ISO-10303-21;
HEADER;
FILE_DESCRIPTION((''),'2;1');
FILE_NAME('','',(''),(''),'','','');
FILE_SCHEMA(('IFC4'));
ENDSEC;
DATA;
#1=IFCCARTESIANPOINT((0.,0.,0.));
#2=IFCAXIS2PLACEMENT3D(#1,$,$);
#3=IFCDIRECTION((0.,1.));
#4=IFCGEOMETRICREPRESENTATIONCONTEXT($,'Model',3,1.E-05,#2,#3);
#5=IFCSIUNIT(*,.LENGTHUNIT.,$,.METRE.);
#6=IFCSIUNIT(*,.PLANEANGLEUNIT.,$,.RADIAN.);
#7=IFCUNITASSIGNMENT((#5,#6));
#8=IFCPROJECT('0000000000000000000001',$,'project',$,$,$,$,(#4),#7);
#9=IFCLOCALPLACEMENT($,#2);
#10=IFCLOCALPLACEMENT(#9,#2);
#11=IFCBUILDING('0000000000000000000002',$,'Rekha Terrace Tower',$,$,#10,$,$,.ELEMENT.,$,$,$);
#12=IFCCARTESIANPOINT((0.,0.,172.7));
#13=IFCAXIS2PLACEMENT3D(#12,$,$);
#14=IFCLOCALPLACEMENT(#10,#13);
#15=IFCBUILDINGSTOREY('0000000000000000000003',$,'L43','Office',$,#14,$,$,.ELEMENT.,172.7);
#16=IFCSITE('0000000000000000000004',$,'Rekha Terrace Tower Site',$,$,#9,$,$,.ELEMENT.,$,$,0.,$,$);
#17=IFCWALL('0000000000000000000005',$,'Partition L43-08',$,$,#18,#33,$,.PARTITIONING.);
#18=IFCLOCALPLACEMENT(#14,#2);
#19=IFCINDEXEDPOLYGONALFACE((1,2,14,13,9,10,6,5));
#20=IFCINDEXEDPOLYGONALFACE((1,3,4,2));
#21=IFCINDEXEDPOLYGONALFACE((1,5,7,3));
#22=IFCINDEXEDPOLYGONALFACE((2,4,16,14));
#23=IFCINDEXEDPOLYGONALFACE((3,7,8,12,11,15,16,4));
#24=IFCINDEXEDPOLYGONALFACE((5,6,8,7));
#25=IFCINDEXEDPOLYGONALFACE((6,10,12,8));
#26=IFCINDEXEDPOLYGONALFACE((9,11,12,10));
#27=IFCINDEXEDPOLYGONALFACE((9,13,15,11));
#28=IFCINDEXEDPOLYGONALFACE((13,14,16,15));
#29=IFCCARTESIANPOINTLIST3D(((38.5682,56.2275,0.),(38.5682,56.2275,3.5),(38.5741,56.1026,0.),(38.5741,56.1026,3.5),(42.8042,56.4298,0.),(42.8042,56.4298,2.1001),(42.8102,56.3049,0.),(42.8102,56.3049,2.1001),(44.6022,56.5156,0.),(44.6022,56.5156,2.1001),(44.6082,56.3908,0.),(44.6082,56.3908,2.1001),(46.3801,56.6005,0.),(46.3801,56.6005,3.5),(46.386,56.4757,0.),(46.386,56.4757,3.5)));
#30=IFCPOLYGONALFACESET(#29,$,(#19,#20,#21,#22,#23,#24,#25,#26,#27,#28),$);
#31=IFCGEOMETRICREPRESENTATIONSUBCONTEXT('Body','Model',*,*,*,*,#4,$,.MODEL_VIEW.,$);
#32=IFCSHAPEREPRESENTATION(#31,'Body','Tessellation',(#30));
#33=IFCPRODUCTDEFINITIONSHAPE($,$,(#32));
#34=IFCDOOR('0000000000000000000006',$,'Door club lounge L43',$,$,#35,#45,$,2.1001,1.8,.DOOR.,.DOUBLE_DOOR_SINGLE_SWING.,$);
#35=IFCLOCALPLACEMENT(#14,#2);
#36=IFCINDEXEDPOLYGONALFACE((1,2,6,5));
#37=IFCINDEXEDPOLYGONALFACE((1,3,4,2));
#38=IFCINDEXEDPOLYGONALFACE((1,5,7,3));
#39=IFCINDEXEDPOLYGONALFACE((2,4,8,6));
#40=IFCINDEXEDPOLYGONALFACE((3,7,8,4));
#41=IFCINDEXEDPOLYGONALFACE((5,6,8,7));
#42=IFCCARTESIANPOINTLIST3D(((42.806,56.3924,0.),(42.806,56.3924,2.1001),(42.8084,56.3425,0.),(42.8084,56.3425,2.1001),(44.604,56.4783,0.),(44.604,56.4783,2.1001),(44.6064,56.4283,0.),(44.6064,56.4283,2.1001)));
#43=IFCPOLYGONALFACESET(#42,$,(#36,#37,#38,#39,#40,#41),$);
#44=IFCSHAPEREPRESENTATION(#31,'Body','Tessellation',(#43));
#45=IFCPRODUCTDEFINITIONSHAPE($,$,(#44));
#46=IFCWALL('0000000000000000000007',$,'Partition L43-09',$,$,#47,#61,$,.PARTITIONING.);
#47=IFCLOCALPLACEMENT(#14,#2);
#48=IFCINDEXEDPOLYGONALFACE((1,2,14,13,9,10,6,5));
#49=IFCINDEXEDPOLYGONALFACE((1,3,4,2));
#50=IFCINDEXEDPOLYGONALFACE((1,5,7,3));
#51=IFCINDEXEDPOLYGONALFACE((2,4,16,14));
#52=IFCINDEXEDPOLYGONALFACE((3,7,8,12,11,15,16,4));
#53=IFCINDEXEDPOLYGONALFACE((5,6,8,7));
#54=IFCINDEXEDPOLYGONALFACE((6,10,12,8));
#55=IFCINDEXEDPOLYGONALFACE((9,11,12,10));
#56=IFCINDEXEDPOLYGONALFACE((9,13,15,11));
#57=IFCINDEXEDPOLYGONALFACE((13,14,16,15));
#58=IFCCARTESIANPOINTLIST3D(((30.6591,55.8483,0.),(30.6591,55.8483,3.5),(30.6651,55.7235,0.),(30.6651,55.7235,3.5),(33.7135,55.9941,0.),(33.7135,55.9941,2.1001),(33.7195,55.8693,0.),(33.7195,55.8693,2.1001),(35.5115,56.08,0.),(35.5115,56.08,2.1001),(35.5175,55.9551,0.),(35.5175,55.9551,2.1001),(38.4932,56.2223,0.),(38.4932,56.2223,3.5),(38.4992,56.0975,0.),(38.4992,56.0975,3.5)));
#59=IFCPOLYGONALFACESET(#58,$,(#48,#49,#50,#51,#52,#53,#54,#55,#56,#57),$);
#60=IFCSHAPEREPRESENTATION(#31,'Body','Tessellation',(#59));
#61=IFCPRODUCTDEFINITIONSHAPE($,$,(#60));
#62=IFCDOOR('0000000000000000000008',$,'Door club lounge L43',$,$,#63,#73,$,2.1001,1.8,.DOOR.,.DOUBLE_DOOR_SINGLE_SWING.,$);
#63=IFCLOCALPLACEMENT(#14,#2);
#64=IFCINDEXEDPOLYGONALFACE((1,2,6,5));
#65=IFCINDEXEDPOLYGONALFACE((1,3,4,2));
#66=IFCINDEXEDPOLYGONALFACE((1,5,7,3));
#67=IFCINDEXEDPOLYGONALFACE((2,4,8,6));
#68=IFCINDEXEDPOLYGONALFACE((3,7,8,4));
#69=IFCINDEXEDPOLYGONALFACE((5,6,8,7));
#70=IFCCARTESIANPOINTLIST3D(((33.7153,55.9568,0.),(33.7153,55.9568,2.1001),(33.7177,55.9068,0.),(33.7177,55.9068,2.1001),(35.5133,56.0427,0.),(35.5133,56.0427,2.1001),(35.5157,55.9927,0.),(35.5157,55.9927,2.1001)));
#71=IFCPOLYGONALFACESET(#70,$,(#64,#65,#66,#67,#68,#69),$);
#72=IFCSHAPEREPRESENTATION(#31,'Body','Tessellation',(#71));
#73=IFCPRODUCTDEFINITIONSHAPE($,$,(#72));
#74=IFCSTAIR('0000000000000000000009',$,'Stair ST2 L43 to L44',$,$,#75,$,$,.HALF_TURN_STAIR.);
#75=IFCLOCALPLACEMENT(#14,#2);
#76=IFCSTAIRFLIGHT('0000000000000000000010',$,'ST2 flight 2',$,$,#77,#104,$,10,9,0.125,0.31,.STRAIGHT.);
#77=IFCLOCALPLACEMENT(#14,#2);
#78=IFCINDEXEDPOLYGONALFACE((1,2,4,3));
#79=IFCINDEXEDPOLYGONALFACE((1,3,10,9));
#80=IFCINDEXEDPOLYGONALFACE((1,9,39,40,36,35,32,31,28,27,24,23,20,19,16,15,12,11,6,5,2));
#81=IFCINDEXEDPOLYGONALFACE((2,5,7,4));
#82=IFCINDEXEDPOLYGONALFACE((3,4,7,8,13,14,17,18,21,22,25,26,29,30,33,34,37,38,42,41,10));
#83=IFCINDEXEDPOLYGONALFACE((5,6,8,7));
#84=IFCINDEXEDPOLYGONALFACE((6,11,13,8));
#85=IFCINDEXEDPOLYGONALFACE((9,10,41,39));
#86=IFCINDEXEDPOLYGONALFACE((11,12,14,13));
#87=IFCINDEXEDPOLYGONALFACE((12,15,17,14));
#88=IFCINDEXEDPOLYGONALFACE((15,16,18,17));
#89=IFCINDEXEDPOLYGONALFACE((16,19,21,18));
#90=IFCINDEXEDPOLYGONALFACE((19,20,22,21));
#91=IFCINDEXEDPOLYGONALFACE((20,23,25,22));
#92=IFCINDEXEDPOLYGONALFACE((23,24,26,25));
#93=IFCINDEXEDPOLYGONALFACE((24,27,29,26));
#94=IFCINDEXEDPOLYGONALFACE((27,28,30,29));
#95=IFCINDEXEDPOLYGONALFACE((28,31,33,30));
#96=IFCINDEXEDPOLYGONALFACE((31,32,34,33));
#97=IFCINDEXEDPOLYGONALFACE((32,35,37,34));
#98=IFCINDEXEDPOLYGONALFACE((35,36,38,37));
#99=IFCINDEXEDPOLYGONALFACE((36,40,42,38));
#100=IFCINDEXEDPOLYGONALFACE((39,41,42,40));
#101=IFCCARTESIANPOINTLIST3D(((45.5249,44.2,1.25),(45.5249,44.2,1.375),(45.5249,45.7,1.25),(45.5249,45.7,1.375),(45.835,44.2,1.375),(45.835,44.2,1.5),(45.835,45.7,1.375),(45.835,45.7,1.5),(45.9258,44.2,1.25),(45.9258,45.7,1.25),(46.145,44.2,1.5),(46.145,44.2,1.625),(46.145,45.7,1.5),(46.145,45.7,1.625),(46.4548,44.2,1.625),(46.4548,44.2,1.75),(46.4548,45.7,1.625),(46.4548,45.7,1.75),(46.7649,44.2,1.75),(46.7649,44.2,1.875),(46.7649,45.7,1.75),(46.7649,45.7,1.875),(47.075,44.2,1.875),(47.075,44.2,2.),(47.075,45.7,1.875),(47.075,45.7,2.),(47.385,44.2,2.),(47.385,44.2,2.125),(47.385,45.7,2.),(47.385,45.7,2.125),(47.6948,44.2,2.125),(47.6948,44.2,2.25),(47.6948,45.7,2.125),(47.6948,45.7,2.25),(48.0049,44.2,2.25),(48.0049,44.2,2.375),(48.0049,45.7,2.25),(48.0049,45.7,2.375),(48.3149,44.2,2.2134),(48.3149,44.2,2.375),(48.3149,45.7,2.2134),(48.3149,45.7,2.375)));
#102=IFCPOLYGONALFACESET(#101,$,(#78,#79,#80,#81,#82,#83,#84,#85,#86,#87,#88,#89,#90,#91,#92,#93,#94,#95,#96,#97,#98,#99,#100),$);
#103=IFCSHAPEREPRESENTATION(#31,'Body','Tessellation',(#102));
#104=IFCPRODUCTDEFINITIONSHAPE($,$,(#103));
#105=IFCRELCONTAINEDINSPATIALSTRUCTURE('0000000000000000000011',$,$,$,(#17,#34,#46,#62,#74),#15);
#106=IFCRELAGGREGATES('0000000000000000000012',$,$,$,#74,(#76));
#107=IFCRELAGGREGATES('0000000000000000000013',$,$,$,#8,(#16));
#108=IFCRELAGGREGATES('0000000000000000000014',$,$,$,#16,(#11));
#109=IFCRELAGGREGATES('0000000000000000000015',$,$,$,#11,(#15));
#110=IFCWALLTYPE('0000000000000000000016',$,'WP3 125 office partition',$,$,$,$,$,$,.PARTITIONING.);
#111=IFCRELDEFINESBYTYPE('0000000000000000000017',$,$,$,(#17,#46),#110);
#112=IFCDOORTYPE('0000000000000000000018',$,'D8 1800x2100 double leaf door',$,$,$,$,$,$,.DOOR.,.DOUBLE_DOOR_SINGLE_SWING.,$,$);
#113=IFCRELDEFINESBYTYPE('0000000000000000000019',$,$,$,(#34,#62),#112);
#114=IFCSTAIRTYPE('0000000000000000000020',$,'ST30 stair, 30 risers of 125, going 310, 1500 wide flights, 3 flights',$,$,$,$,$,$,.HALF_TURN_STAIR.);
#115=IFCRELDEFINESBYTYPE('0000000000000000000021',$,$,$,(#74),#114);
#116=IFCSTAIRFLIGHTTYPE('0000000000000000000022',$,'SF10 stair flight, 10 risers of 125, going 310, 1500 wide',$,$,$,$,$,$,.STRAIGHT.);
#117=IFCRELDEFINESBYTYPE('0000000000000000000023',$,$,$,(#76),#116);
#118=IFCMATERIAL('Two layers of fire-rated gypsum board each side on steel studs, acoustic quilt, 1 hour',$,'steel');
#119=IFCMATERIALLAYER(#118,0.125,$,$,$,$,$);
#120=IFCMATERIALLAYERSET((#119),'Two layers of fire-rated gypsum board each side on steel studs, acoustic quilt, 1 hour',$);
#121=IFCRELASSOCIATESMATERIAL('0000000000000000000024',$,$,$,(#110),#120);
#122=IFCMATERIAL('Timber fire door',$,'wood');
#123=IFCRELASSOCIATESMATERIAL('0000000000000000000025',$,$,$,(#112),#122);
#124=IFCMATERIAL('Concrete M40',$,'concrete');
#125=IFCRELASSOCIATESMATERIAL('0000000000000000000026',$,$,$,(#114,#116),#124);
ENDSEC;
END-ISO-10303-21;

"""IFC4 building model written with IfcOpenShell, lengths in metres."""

from ifc_helpers import new_model, si_unit, direction, frame, frame_2d, origin, place, context, subcontext, project, spatial, polyline, rectangle, outline, extrude, material, layer, layer_set, type_object, element, fill, aggregate, save


model = new_model("IFC4")

# Units and contexts
model_context = context("Model", 3, precision=1e-05, world=origin(), true_north=direction((0.0, 1.0)))
body_context = subcontext(model_context, "Body", "Model", "MODEL_VIEW")
ifc_project = project(units=[si_unit("LENGTHUNIT", "METRE"), si_unit("PLANEANGLEUNIT", "RADIAN")], contexts=[model_context])

# Site, building, storey
site_placement = place(None, origin())
site = spatial("IfcSite", under=ifc_project, at=site_placement, Name="Rekha Terrace Tower Site", CompositionType="ELEMENT", RefElevation=0.0)
building_placement = place(site_placement, origin())
building = spatial("IfcBuilding", under=site, at=building_placement, Name="Rekha Terrace Tower", CompositionType="ELEMENT")
storey_placement = place(building_placement, frame((0.0, 0.0, 172.7)))
storey = spatial("IfcBuildingStorey", under=building, at=storey_placement, Name="L43", Description="Office", CompositionType="ELEMENT", Elevation=172.7)

# Shared definitions
ifc_material_1 = material(Name="Timber fire door", Category="wood")

# Shared definitions
ifc_material_2 = material(Name="Two layers of fire-rated gypsum board each side on steel studs, acoustic quilt, 1 hour", Category="steel")
ifc_layer_1 = layer(ifc_material_2, 0.125)
ifc_layer_set_1 = layer_set([ifc_layer_1], Name="Two layers of fire-rated gypsum board each side on steel studs, acoustic quilt, 1 hour")
wall_type_1 = type_object("IfcWallType", Name="WP3 125 office partition", PredefinedType="PARTITIONING", material=ifc_layer_set_1)

# Walls, openings, doors
wall_1_placement = place(storey_placement, frame((46.3831, 56.5381, 0.0), z_axis=(0.0, 0.0, 1.0), x_axis=(-0.998862, -0.047699, 0.0)))
wall_1 = element("IfcWall", 1, at=wall_1_placement, inside=storey, type_object=wall_type_1, Name="Partition L43-08", PredefinedType="PARTITIONING", context=body_context, shape_type="SweptSolid", body=[
    extrude(rectangle(XDim=7.8208, YDim=0.125, at=frame_2d((3.9104, 0.0))), origin(), (0.0, 0.0, 1.0), 3.5),
])
opening_1_placement = place(wall_1_placement, frame((1.78, 0.0, 0.0)))
opening_1 = element("IfcOpeningElement", 2, at=opening_1_placement, cuts=wall_1, PredefinedType="OPENING", context=body_context, shape_type="SweptSolid", body=[
    extrude(rectangle(XDim=1.8, YDim=2.1001, at=frame_2d((0.8999, 1.05))), frame((0.0, 0.0725, 0.0), z_axis=(0.0, -1.0, 0.0), x_axis=(1.0, 0.0, 0.0)), (0.0, 0.0, 1.0), 0.145),
])
door_type_1 = type_object("IfcDoorType", Name="D8 1800x2100 double leaf door", OperationType="DOUBLE_DOOR_SINGLE_SWING", PredefinedType="DOOR", material=ifc_material_1)
door_1_placement = place(opening_1_placement, origin())
door_1 = element("IfcDoor", 3, at=door_1_placement, inside=storey, type_object=door_type_1, Name="Door club lounge L43", OperationType="DOUBLE_DOOR_SINGLE_SWING", OverallHeight=2.1001, OverallWidth=1.8, PredefinedType="DOOR", context=body_context, shape_type="SweptSolid", body=[
    extrude(rectangle(XDim=1.8, YDim=2.1001, at=frame_2d((0.8999, 1.05))), frame((0.0, 0.0249, 0.0), z_axis=(0.0, -1.0, 0.0), x_axis=(1.0, 0.0, 0.0)), (0.0, 0.0, 1.0), 0.05),
])
fill(opening_1, door_1)
wall_2_placement = place(storey_placement, frame((38.4961, 56.1599, 0.0), z_axis=(0.0, 0.0, 1.0), x_axis=(-0.998862, -0.047689, 0.0)))
wall_2 = element("IfcWall", 4, at=wall_2_placement, inside=storey, type_object=wall_type_1, Name="Partition L43-09", PredefinedType="PARTITIONING", context=body_context, shape_type="SweptSolid", body=[
    extrude(rectangle(XDim=7.843, YDim=0.125, at=frame_2d((3.9214, 0.0))), origin(), (0.0, 0.0, 1.0), 3.5),
])
opening_2_placement = place(wall_2_placement, frame((2.9851, 0.0, 0.0)))
opening_2 = element("IfcOpeningElement", 5, at=opening_2_placement, cuts=wall_2, PredefinedType="OPENING", context=body_context, shape_type="SweptSolid", body=[
    extrude(rectangle(XDim=1.8, YDim=2.1001, at=frame_2d((0.8999, 1.05))), frame((0.0, 0.0725, 0.0), z_axis=(0.0, -1.0, 0.0), x_axis=(1.0, 0.0, 0.0)), (0.0, 0.0, 1.0), 0.145),
])
door_2_placement = place(opening_2_placement, origin())
door_2 = element("IfcDoor", 6, at=door_2_placement, inside=storey, type_object=door_type_1, Name="Door club lounge L43", OperationType="DOUBLE_DOOR_SINGLE_SWING", OverallHeight=2.1001, OverallWidth=1.8, PredefinedType="DOOR", context=body_context, shape_type="SweptSolid", body=[
    extrude(rectangle(XDim=1.8, YDim=2.1001, at=frame_2d((0.8999, 1.05))), frame((0.0, 0.0249, 0.0), z_axis=(0.0, -1.0, 0.0), x_axis=(1.0, 0.0, 0.0)), (0.0, 0.0, 1.0), 0.05),
])
fill(opening_2, door_2)

# Stair, stair flight
ifc_material_3 = material(Name="Concrete M40", Category="concrete")
stair_type = type_object("IfcStairType", Name="ST30 stair, 30 risers of 125, going 310, 1500 wide flights, 3 flights", PredefinedType="HALF_TURN_STAIR", material=ifc_material_3)
stair_placement = place(storey_placement, origin())
stair = element("IfcStair", 7, at=stair_placement, inside=storey, type_object=stair_type, Name="Stair ST2 L43 to L44", PredefinedType="HALF_TURN_STAIR")
stair_flight_type = type_object("IfcStairFlightType", Name="SF10 stair flight, 10 risers of 125, going 310, 1500 wide", PredefinedType="STRAIGHT", material=ifc_material_3)
stair_flight_placement = place(storey_placement, frame((45.5249, 44.95, 1.25), z_axis=(0.0, 0.0, 1.0), x_axis=(1.0, 0.0, 0.0)))
stair_flight = element("IfcStairFlight", 8, at=stair_flight_placement, type_object=stair_flight_type, Name="ST2 flight 2", NumberOfRisers=10, NumberOfTreads=9, PredefinedType="STRAIGHT", RiserHeight=0.125, TreadLength=0.31, context=body_context, shape_type="SweptSolid", body=[
    extrude(outline(polyline([(0.0, 0.0), (0.0, 0.125), (0.3101, 0.125), (0.3101, 0.25), (0.6201, 0.25), (0.6201, 0.375), (0.9299, 0.375), (0.9299, 0.5), (1.24, 0.5), (1.24, 0.625), (1.55, 0.625), (1.55, 0.75), (1.8601, 0.75), (1.8601, 0.875), (2.1699, 0.875), (2.1699, 1.0), (2.48, 1.0), (2.48, 1.125), (2.79, 1.125), (2.79, 1.25), (2.79, 0.9634), (0.4009, 0.0), (0.0, 0.0)])), frame((0.0, 0.75, 0.0), z_axis=(0.0, -1.0, 0.0), x_axis=(1.0, 0.0, 0.0)), (0.0, 0.0, 1.0), 1.5),
])
aggregate(stair, [stair_flight])

save(model, "model.ifc")
